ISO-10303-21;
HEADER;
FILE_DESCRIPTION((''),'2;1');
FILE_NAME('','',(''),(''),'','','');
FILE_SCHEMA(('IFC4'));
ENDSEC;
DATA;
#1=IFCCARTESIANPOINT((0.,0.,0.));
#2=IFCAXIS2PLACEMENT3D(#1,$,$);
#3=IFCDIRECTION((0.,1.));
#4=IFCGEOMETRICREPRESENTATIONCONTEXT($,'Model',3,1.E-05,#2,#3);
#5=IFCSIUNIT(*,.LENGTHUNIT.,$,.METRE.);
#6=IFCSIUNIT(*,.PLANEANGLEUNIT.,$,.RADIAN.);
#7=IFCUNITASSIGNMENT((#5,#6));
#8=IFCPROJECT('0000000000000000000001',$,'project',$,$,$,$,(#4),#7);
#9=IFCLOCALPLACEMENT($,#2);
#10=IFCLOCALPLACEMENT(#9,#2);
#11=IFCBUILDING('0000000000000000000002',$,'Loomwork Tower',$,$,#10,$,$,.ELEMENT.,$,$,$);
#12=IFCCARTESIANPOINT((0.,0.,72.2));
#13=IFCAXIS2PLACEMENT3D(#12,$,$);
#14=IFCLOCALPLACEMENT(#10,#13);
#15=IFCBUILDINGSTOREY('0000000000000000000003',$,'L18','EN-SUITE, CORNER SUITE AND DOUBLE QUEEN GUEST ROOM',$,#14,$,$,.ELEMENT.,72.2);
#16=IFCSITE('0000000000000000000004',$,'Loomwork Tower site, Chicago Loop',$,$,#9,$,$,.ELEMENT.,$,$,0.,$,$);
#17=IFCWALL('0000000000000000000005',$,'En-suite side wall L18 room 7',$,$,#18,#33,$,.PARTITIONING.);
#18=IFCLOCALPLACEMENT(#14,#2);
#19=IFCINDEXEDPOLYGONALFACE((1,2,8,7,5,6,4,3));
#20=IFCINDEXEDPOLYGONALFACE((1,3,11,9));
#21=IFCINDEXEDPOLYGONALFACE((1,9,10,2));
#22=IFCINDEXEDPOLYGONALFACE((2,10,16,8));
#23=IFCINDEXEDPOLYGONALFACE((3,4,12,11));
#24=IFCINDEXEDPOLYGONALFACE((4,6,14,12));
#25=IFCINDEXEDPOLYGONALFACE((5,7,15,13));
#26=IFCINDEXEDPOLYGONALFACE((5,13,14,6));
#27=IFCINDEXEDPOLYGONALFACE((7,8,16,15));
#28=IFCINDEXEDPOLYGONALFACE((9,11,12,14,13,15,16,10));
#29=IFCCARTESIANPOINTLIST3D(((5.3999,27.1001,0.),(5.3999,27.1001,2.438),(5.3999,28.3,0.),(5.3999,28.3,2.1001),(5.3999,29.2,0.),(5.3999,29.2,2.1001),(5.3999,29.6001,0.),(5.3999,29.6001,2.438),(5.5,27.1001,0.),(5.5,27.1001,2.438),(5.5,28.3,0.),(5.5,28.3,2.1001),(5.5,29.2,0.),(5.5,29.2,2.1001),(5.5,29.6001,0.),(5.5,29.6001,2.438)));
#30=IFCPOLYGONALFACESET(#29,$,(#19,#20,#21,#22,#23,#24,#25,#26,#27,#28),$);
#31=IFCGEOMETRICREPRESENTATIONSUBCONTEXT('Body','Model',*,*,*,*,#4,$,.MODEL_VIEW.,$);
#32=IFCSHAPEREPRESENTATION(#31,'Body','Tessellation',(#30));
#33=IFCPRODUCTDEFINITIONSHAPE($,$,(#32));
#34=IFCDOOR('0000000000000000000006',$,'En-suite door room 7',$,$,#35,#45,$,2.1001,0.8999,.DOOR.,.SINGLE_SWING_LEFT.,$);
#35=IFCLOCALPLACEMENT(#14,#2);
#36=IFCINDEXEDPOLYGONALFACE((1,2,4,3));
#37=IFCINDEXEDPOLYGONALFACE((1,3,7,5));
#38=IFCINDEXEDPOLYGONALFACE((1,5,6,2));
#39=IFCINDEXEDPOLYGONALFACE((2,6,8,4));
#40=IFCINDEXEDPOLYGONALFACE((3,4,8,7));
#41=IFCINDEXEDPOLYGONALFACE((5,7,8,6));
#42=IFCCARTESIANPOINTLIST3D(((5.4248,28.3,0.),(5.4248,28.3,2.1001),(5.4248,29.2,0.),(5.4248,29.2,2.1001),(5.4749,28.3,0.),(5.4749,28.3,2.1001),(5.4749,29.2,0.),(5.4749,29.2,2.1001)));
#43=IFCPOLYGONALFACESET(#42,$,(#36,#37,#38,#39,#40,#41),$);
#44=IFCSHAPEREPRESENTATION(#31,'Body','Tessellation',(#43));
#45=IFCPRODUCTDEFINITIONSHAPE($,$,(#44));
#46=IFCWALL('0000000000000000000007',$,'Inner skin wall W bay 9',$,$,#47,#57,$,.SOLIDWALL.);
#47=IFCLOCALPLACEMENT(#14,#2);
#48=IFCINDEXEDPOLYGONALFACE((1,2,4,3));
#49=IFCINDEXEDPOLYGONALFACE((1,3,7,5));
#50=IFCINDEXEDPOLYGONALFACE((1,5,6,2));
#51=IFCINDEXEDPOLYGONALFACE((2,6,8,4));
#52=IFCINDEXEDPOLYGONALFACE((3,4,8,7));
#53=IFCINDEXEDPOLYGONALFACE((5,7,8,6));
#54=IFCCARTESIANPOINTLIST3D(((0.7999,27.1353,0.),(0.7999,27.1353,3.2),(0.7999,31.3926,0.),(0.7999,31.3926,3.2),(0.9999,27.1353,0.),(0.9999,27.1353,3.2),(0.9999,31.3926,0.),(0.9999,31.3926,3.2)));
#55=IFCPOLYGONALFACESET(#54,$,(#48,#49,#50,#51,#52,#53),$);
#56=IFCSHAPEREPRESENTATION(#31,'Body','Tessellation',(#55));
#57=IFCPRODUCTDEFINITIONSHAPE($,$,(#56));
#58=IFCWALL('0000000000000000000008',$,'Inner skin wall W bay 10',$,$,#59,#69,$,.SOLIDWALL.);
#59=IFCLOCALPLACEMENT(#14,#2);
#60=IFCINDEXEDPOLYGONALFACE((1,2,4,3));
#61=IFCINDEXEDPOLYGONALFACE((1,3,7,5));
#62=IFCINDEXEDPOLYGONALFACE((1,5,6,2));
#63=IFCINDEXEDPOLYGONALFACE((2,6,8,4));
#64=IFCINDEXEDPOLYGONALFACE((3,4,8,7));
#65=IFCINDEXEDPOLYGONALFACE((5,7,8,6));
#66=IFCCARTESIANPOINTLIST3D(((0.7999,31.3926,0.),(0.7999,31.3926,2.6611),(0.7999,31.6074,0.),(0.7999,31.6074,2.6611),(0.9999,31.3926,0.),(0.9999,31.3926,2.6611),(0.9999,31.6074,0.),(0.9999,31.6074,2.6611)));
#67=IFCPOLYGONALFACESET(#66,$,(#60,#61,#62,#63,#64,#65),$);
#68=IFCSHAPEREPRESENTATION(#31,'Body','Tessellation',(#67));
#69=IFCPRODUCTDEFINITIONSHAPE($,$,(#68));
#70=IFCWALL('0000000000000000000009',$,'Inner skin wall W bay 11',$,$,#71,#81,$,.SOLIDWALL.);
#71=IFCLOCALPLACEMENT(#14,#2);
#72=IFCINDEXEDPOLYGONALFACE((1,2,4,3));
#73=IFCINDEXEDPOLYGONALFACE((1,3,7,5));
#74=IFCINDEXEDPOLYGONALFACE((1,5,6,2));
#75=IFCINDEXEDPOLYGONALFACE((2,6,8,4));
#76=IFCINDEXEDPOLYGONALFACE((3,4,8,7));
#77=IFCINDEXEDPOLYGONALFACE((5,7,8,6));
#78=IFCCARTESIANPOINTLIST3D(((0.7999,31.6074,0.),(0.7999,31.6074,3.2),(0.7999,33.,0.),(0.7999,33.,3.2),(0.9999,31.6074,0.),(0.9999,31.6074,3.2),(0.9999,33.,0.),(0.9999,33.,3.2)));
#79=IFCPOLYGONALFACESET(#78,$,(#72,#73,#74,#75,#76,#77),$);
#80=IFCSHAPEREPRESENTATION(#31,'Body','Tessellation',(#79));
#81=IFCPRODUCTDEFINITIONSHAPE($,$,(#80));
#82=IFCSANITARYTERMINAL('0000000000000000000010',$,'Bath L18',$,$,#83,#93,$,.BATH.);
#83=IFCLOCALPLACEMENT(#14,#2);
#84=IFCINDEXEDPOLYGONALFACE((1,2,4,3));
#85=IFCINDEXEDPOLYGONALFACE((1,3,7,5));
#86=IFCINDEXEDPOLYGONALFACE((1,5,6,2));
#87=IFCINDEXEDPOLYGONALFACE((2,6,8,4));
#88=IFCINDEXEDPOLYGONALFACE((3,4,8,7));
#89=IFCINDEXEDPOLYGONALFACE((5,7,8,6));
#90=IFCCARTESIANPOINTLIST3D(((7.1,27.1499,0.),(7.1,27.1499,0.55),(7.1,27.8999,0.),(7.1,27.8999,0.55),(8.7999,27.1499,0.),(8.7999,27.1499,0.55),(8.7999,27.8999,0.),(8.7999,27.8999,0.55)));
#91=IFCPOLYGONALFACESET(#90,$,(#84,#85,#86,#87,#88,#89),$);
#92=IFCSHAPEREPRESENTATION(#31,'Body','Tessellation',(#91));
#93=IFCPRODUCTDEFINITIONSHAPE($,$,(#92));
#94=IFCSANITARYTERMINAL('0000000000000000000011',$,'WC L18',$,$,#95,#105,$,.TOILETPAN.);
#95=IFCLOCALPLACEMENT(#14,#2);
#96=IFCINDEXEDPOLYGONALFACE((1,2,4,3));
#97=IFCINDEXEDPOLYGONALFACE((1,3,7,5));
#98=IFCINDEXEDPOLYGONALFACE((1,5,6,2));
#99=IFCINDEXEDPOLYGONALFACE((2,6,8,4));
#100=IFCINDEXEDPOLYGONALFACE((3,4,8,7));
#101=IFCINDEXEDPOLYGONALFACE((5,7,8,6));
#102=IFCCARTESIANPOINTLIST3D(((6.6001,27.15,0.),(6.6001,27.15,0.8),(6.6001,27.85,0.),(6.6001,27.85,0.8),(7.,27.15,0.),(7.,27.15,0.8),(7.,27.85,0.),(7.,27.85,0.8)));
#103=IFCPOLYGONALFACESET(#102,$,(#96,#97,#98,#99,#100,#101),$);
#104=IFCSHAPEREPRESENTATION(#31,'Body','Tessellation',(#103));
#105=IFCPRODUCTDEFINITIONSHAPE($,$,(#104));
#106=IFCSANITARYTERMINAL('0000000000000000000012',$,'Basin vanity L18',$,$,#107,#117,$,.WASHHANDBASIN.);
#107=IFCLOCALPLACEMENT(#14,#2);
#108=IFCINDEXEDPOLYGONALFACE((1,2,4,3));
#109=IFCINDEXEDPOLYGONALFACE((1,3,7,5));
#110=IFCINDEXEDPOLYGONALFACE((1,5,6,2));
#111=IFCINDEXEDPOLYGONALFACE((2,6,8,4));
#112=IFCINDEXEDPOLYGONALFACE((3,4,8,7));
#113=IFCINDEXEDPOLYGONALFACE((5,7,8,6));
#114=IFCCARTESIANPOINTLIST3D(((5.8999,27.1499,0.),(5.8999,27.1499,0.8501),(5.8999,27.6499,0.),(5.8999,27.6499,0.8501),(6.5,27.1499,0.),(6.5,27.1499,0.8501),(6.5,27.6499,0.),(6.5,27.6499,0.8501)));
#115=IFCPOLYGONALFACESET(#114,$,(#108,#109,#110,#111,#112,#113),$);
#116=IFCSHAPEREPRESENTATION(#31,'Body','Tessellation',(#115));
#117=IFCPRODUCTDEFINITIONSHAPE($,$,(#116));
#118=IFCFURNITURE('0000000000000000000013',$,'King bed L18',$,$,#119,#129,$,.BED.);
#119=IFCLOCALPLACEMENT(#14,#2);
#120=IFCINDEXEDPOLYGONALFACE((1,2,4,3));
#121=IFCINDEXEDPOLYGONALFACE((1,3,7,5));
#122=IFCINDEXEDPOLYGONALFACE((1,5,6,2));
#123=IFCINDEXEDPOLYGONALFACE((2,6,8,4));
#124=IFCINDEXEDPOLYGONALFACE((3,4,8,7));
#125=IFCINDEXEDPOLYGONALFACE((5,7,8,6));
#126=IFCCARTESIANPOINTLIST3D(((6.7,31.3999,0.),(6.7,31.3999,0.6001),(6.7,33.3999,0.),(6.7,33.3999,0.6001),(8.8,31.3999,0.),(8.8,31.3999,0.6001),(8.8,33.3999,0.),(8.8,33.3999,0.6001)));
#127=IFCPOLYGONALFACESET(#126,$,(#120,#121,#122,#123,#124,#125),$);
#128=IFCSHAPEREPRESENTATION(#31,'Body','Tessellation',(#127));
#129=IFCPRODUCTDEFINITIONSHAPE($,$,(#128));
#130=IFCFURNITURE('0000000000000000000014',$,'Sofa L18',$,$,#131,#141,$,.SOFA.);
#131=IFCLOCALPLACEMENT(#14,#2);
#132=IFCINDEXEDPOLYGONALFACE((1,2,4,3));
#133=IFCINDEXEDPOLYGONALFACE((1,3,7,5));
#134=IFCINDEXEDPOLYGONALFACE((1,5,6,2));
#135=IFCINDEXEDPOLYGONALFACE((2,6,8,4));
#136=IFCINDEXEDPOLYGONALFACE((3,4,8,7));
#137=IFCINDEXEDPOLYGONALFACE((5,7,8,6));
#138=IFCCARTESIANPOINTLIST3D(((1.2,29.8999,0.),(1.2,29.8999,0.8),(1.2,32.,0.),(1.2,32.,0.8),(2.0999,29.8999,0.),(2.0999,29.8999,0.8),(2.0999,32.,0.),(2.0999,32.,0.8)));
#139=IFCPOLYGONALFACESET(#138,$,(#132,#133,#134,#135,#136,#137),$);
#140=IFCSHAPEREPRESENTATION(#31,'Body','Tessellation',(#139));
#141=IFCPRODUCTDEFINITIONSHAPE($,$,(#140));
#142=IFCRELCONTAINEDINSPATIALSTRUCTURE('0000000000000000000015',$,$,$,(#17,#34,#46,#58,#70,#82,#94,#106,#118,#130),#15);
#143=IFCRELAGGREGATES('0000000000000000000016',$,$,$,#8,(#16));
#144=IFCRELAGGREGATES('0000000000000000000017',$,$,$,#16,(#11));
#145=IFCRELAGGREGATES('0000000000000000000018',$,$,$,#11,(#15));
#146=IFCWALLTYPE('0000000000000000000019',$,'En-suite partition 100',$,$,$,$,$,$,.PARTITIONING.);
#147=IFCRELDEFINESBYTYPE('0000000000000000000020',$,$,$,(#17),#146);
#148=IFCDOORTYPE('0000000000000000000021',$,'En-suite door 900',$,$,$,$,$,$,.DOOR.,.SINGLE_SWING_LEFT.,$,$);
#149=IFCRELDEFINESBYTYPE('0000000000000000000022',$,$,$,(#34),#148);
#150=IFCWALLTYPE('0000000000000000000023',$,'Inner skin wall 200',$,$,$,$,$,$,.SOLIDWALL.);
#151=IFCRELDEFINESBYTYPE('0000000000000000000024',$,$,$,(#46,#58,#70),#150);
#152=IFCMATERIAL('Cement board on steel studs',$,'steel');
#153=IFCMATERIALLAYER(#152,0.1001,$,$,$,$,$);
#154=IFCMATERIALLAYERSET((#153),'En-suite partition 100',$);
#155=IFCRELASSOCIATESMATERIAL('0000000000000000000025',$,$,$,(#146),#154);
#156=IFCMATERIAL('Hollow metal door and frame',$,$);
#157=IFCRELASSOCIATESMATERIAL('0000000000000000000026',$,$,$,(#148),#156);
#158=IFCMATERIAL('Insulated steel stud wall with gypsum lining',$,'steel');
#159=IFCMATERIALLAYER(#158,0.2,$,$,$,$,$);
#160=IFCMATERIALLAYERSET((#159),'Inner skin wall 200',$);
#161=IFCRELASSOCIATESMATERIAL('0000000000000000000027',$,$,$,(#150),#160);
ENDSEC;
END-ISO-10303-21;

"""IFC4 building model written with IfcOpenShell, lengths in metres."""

from ifc_helpers import new_model, si_unit, direction, frame, frame_2d, origin, origin_2d, place, context, subcontext, project, spatial, rectangle, extrude, material, layer, layer_set, type_object, element, fill, save


model = new_model("IFC4")

# Units and contexts
model_context = context("Model", 3, precision=1e-05, world=origin(), true_north=direction((0.0, 1.0)))
body_context = subcontext(model_context, "Body", "Model", "MODEL_VIEW")
ifc_project = project(units=[si_unit("LENGTHUNIT", "METRE"), si_unit("PLANEANGLEUNIT", "RADIAN")], contexts=[model_context])

# Site, building, storey
site_placement = place(None, origin())
site = spatial("IfcSite", under=ifc_project, at=site_placement, Name="Loomwork Tower site, Chicago Loop", CompositionType="ELEMENT", RefElevation=0.0)
building_placement = place(site_placement, origin())
building = spatial("IfcBuilding", under=site, at=building_placement, Name="Loomwork Tower", CompositionType="ELEMENT")
storey_placement = place(building_placement, frame((0.0, 0.0, 72.2)))
storey = spatial("IfcBuildingStorey", under=building, at=storey_placement, Name="L18", Description="EN-SUITE, CORNER SUITE AND DOUBLE QUEEN GUEST ROOM", CompositionType="ELEMENT", Elevation=72.2)

# Shared definitions
ifc_material_1 = material(Name="Cement board on steel studs", Category="steel")
ifc_layer_1 = layer(ifc_material_1, 0.1001)
ifc_layer_set_1 = layer_set([ifc_layer_1], Name="En-suite partition 100")
wall_type_1 = type_object("IfcWallType", Name="En-suite partition 100", PredefinedType="PARTITIONING", material=ifc_layer_set_1)

# Wall, opening, door
wall_1_placement = place(storey_placement, frame((5.45, 27.1001, 0.0), z_axis=(0.0, 0.0, 1.0), x_axis=(0.0, 1.0, 0.0)))
wall_1 = element("IfcWall", 1, at=wall_1_placement, inside=storey, type_object=wall_type_1, Name="En-suite side wall L18 room 7", PredefinedType="PARTITIONING", context=body_context, shape_type="SweptSolid", body=[
    extrude(rectangle(XDim=2.5, YDim=0.1001, at=frame_2d((1.25, 0.0))), origin(), (0.0, 0.0, 1.0), 2.438),
])
opening_1_placement = place(wall_1_placement, frame((1.2, 0.0, 0.0)))
opening_1 = element("IfcOpeningElement", 2, at=opening_1_placement, cuts=wall_1, PredefinedType="OPENING", context=body_context, shape_type="SweptSolid", body=[
    extrude(rectangle(XDim=0.8999, YDim=2.1001, at=frame_2d((0.45, 1.05))), frame((0.0, 0.0601, 0.0), z_axis=(0.0, -1.0, 0.0), x_axis=(1.0, 0.0, 0.0)), (0.0, 0.0, 1.0), 0.1201),
])
ifc_material_2 = material(Name="Hollow metal door and frame")
door_type_1 = type_object("IfcDoorType", Name="En-suite door 900", OperationType="SINGLE_SWING_LEFT", PredefinedType="DOOR", material=ifc_material_2)
door_1_placement = place(opening_1_placement, frame((0.8999, 0.0, 0.0), z_axis=(0.0, 0.0, 1.0), x_axis=(-1.0, 0.0, 0.0)))
door_1 = element("IfcDoor", 3, at=door_1_placement, inside=storey, type_object=door_type_1, Name="En-suite door room 7", OperationType="SINGLE_SWING_LEFT", OverallHeight=2.1001, OverallWidth=0.8999, PredefinedType="DOOR", context=body_context, shape_type="SweptSolid", body=[
    extrude(rectangle(XDim=0.8999, YDim=2.1001, at=frame_2d((0.45, 1.05))), frame((0.0, 0.0249, 0.0), z_axis=(0.0, -1.0, 0.0), x_axis=(1.0, 0.0, 0.0)), (0.0, 0.0, 1.0), 0.05),
])
fill(opening_1, door_1)

# Walls
ifc_material_3 = material(Name="Insulated steel stud wall with gypsum lining", Category="steel")
ifc_layer_2 = layer(ifc_material_3, 0.2)
ifc_layer_set_2 = layer_set([ifc_layer_2], Name="Inner skin wall 200")
wall_type_2 = type_object("IfcWallType", Name="Inner skin wall 200", PredefinedType="SOLIDWALL", material=ifc_layer_set_2)
wall_2_placement = place(storey_placement, frame((0.8999, 27.1353, 0.0), z_axis=(0.0, 0.0, 1.0), x_axis=(0.0, 1.0, 0.0)))
element("IfcWall", 4, at=wall_2_placement, inside=storey, type_object=wall_type_2, Name="Inner skin wall W bay 9", PredefinedType="SOLIDWALL", context=body_context, shape_type="SweptSolid", body=[
    extrude(rectangle(XDim=4.2573, YDim=0.2, at=frame_2d((2.1287, 0.0))), origin(), (0.0, 0.0, 1.0), 3.2),
])
wall_3_placement = place(storey_placement, frame((0.8999, 31.3926, 0.0), z_axis=(0.0, 0.0, 1.0), x_axis=(0.0, 1.0, 0.0)))
element("IfcWall", 5, at=wall_3_placement, inside=storey, type_object=wall_type_2, Name="Inner skin wall W bay 10", PredefinedType="SOLIDWALL", context=body_context, shape_type="SweptSolid", body=[
    extrude(rectangle(XDim=0.2148, YDim=0.2, at=frame_2d((0.1074, 0.0))), origin(), (0.0, 0.0, 1.0), 2.6611),
])
wall_4_placement = place(storey_placement, frame((0.8999, 31.6074, 0.0), z_axis=(0.0, 0.0, 1.0), x_axis=(0.0, 1.0, 0.0)))
element("IfcWall", 6, at=wall_4_placement, inside=storey, type_object=wall_type_2, Name="Inner skin wall W bay 11", PredefinedType="SOLIDWALL", context=body_context, shape_type="SweptSolid", body=[
    extrude(rectangle(XDim=1.3926, YDim=0.2, at=frame_2d((0.6963, 0.0))), origin(), (0.0, 0.0, 1.0), 3.2),
])

# Sanitary terminals
sanitary_terminal_1_placement = place(storey_placement, frame((7.95, 27.5249, 0.0), z_axis=(0.0, 0.0, 1.0), x_axis=(1.0, 0.0, 0.0)))
element("IfcSanitaryTerminal", 7, at=sanitary_terminal_1_placement, inside=storey, Name="Bath L18", PredefinedType="BATH", context=body_context, shape_type="SweptSolid", body=[
    extrude(rectangle(XDim=1.7, YDim=0.75, at=origin_2d()), origin(), (0.0, 0.0, 1.0), 0.55),
])
sanitary_terminal_2_placement = place(storey_placement, frame((6.8, 27.5, 0.0), z_axis=(0.0, 0.0, 1.0), x_axis=(1.0, 0.0, 0.0)))
element("IfcSanitaryTerminal", 8, at=sanitary_terminal_2_placement, inside=storey, Name="WC L18", PredefinedType="TOILETPAN", context=body_context, shape_type="SweptSolid", body=[
    extrude(rectangle(XDim=0.3999, YDim=0.7, at=origin_2d()), origin(), (0.0, 0.0, 1.0), 0.8),
])
sanitary_terminal_3_placement = place(storey_placement, frame((6.2, 27.3999, 0.0), z_axis=(0.0, 0.0, 1.0), x_axis=(1.0, 0.0, 0.0)))
element("IfcSanitaryTerminal", 9, at=sanitary_terminal_3_placement, inside=storey, Name="Basin vanity L18", PredefinedType="WASHHANDBASIN", context=body_context, shape_type="SweptSolid", body=[
    extrude(rectangle(XDim=0.6001, YDim=0.5, at=origin_2d()), origin(), (0.0, 0.0, 1.0), 0.8501),
])

# Furniture
furniture_1_placement = place(storey_placement, frame((7.75, 32.3999, 0.0), z_axis=(0.0, 0.0, 1.0), x_axis=(1.0, 0.0, 0.0)))
element("IfcFurniture", 10, at=furniture_1_placement, inside=storey, Name="King bed L18", PredefinedType="BED", context=body_context, shape_type="SweptSolid", body=[
    extrude(rectangle(XDim=2.1001, YDim=2.0, at=origin_2d()), origin(), (0.0, 0.0, 1.0), 0.6001),
])
furniture_2_placement = place(storey_placement, frame((1.6499, 30.95, 0.0), z_axis=(0.0, 0.0, 1.0), x_axis=(1.0, 0.0, 0.0)))
element("IfcFurniture", 11, at=furniture_2_placement, inside=storey, Name="Sofa L18", PredefinedType="SOFA", context=body_context, shape_type="SweptSolid", body=[
    extrude(rectangle(XDim=0.8999, YDim=2.1001, at=origin_2d()), origin(), (0.0, 0.0, 1.0), 0.8),
])

save(model, "model.ifc")
